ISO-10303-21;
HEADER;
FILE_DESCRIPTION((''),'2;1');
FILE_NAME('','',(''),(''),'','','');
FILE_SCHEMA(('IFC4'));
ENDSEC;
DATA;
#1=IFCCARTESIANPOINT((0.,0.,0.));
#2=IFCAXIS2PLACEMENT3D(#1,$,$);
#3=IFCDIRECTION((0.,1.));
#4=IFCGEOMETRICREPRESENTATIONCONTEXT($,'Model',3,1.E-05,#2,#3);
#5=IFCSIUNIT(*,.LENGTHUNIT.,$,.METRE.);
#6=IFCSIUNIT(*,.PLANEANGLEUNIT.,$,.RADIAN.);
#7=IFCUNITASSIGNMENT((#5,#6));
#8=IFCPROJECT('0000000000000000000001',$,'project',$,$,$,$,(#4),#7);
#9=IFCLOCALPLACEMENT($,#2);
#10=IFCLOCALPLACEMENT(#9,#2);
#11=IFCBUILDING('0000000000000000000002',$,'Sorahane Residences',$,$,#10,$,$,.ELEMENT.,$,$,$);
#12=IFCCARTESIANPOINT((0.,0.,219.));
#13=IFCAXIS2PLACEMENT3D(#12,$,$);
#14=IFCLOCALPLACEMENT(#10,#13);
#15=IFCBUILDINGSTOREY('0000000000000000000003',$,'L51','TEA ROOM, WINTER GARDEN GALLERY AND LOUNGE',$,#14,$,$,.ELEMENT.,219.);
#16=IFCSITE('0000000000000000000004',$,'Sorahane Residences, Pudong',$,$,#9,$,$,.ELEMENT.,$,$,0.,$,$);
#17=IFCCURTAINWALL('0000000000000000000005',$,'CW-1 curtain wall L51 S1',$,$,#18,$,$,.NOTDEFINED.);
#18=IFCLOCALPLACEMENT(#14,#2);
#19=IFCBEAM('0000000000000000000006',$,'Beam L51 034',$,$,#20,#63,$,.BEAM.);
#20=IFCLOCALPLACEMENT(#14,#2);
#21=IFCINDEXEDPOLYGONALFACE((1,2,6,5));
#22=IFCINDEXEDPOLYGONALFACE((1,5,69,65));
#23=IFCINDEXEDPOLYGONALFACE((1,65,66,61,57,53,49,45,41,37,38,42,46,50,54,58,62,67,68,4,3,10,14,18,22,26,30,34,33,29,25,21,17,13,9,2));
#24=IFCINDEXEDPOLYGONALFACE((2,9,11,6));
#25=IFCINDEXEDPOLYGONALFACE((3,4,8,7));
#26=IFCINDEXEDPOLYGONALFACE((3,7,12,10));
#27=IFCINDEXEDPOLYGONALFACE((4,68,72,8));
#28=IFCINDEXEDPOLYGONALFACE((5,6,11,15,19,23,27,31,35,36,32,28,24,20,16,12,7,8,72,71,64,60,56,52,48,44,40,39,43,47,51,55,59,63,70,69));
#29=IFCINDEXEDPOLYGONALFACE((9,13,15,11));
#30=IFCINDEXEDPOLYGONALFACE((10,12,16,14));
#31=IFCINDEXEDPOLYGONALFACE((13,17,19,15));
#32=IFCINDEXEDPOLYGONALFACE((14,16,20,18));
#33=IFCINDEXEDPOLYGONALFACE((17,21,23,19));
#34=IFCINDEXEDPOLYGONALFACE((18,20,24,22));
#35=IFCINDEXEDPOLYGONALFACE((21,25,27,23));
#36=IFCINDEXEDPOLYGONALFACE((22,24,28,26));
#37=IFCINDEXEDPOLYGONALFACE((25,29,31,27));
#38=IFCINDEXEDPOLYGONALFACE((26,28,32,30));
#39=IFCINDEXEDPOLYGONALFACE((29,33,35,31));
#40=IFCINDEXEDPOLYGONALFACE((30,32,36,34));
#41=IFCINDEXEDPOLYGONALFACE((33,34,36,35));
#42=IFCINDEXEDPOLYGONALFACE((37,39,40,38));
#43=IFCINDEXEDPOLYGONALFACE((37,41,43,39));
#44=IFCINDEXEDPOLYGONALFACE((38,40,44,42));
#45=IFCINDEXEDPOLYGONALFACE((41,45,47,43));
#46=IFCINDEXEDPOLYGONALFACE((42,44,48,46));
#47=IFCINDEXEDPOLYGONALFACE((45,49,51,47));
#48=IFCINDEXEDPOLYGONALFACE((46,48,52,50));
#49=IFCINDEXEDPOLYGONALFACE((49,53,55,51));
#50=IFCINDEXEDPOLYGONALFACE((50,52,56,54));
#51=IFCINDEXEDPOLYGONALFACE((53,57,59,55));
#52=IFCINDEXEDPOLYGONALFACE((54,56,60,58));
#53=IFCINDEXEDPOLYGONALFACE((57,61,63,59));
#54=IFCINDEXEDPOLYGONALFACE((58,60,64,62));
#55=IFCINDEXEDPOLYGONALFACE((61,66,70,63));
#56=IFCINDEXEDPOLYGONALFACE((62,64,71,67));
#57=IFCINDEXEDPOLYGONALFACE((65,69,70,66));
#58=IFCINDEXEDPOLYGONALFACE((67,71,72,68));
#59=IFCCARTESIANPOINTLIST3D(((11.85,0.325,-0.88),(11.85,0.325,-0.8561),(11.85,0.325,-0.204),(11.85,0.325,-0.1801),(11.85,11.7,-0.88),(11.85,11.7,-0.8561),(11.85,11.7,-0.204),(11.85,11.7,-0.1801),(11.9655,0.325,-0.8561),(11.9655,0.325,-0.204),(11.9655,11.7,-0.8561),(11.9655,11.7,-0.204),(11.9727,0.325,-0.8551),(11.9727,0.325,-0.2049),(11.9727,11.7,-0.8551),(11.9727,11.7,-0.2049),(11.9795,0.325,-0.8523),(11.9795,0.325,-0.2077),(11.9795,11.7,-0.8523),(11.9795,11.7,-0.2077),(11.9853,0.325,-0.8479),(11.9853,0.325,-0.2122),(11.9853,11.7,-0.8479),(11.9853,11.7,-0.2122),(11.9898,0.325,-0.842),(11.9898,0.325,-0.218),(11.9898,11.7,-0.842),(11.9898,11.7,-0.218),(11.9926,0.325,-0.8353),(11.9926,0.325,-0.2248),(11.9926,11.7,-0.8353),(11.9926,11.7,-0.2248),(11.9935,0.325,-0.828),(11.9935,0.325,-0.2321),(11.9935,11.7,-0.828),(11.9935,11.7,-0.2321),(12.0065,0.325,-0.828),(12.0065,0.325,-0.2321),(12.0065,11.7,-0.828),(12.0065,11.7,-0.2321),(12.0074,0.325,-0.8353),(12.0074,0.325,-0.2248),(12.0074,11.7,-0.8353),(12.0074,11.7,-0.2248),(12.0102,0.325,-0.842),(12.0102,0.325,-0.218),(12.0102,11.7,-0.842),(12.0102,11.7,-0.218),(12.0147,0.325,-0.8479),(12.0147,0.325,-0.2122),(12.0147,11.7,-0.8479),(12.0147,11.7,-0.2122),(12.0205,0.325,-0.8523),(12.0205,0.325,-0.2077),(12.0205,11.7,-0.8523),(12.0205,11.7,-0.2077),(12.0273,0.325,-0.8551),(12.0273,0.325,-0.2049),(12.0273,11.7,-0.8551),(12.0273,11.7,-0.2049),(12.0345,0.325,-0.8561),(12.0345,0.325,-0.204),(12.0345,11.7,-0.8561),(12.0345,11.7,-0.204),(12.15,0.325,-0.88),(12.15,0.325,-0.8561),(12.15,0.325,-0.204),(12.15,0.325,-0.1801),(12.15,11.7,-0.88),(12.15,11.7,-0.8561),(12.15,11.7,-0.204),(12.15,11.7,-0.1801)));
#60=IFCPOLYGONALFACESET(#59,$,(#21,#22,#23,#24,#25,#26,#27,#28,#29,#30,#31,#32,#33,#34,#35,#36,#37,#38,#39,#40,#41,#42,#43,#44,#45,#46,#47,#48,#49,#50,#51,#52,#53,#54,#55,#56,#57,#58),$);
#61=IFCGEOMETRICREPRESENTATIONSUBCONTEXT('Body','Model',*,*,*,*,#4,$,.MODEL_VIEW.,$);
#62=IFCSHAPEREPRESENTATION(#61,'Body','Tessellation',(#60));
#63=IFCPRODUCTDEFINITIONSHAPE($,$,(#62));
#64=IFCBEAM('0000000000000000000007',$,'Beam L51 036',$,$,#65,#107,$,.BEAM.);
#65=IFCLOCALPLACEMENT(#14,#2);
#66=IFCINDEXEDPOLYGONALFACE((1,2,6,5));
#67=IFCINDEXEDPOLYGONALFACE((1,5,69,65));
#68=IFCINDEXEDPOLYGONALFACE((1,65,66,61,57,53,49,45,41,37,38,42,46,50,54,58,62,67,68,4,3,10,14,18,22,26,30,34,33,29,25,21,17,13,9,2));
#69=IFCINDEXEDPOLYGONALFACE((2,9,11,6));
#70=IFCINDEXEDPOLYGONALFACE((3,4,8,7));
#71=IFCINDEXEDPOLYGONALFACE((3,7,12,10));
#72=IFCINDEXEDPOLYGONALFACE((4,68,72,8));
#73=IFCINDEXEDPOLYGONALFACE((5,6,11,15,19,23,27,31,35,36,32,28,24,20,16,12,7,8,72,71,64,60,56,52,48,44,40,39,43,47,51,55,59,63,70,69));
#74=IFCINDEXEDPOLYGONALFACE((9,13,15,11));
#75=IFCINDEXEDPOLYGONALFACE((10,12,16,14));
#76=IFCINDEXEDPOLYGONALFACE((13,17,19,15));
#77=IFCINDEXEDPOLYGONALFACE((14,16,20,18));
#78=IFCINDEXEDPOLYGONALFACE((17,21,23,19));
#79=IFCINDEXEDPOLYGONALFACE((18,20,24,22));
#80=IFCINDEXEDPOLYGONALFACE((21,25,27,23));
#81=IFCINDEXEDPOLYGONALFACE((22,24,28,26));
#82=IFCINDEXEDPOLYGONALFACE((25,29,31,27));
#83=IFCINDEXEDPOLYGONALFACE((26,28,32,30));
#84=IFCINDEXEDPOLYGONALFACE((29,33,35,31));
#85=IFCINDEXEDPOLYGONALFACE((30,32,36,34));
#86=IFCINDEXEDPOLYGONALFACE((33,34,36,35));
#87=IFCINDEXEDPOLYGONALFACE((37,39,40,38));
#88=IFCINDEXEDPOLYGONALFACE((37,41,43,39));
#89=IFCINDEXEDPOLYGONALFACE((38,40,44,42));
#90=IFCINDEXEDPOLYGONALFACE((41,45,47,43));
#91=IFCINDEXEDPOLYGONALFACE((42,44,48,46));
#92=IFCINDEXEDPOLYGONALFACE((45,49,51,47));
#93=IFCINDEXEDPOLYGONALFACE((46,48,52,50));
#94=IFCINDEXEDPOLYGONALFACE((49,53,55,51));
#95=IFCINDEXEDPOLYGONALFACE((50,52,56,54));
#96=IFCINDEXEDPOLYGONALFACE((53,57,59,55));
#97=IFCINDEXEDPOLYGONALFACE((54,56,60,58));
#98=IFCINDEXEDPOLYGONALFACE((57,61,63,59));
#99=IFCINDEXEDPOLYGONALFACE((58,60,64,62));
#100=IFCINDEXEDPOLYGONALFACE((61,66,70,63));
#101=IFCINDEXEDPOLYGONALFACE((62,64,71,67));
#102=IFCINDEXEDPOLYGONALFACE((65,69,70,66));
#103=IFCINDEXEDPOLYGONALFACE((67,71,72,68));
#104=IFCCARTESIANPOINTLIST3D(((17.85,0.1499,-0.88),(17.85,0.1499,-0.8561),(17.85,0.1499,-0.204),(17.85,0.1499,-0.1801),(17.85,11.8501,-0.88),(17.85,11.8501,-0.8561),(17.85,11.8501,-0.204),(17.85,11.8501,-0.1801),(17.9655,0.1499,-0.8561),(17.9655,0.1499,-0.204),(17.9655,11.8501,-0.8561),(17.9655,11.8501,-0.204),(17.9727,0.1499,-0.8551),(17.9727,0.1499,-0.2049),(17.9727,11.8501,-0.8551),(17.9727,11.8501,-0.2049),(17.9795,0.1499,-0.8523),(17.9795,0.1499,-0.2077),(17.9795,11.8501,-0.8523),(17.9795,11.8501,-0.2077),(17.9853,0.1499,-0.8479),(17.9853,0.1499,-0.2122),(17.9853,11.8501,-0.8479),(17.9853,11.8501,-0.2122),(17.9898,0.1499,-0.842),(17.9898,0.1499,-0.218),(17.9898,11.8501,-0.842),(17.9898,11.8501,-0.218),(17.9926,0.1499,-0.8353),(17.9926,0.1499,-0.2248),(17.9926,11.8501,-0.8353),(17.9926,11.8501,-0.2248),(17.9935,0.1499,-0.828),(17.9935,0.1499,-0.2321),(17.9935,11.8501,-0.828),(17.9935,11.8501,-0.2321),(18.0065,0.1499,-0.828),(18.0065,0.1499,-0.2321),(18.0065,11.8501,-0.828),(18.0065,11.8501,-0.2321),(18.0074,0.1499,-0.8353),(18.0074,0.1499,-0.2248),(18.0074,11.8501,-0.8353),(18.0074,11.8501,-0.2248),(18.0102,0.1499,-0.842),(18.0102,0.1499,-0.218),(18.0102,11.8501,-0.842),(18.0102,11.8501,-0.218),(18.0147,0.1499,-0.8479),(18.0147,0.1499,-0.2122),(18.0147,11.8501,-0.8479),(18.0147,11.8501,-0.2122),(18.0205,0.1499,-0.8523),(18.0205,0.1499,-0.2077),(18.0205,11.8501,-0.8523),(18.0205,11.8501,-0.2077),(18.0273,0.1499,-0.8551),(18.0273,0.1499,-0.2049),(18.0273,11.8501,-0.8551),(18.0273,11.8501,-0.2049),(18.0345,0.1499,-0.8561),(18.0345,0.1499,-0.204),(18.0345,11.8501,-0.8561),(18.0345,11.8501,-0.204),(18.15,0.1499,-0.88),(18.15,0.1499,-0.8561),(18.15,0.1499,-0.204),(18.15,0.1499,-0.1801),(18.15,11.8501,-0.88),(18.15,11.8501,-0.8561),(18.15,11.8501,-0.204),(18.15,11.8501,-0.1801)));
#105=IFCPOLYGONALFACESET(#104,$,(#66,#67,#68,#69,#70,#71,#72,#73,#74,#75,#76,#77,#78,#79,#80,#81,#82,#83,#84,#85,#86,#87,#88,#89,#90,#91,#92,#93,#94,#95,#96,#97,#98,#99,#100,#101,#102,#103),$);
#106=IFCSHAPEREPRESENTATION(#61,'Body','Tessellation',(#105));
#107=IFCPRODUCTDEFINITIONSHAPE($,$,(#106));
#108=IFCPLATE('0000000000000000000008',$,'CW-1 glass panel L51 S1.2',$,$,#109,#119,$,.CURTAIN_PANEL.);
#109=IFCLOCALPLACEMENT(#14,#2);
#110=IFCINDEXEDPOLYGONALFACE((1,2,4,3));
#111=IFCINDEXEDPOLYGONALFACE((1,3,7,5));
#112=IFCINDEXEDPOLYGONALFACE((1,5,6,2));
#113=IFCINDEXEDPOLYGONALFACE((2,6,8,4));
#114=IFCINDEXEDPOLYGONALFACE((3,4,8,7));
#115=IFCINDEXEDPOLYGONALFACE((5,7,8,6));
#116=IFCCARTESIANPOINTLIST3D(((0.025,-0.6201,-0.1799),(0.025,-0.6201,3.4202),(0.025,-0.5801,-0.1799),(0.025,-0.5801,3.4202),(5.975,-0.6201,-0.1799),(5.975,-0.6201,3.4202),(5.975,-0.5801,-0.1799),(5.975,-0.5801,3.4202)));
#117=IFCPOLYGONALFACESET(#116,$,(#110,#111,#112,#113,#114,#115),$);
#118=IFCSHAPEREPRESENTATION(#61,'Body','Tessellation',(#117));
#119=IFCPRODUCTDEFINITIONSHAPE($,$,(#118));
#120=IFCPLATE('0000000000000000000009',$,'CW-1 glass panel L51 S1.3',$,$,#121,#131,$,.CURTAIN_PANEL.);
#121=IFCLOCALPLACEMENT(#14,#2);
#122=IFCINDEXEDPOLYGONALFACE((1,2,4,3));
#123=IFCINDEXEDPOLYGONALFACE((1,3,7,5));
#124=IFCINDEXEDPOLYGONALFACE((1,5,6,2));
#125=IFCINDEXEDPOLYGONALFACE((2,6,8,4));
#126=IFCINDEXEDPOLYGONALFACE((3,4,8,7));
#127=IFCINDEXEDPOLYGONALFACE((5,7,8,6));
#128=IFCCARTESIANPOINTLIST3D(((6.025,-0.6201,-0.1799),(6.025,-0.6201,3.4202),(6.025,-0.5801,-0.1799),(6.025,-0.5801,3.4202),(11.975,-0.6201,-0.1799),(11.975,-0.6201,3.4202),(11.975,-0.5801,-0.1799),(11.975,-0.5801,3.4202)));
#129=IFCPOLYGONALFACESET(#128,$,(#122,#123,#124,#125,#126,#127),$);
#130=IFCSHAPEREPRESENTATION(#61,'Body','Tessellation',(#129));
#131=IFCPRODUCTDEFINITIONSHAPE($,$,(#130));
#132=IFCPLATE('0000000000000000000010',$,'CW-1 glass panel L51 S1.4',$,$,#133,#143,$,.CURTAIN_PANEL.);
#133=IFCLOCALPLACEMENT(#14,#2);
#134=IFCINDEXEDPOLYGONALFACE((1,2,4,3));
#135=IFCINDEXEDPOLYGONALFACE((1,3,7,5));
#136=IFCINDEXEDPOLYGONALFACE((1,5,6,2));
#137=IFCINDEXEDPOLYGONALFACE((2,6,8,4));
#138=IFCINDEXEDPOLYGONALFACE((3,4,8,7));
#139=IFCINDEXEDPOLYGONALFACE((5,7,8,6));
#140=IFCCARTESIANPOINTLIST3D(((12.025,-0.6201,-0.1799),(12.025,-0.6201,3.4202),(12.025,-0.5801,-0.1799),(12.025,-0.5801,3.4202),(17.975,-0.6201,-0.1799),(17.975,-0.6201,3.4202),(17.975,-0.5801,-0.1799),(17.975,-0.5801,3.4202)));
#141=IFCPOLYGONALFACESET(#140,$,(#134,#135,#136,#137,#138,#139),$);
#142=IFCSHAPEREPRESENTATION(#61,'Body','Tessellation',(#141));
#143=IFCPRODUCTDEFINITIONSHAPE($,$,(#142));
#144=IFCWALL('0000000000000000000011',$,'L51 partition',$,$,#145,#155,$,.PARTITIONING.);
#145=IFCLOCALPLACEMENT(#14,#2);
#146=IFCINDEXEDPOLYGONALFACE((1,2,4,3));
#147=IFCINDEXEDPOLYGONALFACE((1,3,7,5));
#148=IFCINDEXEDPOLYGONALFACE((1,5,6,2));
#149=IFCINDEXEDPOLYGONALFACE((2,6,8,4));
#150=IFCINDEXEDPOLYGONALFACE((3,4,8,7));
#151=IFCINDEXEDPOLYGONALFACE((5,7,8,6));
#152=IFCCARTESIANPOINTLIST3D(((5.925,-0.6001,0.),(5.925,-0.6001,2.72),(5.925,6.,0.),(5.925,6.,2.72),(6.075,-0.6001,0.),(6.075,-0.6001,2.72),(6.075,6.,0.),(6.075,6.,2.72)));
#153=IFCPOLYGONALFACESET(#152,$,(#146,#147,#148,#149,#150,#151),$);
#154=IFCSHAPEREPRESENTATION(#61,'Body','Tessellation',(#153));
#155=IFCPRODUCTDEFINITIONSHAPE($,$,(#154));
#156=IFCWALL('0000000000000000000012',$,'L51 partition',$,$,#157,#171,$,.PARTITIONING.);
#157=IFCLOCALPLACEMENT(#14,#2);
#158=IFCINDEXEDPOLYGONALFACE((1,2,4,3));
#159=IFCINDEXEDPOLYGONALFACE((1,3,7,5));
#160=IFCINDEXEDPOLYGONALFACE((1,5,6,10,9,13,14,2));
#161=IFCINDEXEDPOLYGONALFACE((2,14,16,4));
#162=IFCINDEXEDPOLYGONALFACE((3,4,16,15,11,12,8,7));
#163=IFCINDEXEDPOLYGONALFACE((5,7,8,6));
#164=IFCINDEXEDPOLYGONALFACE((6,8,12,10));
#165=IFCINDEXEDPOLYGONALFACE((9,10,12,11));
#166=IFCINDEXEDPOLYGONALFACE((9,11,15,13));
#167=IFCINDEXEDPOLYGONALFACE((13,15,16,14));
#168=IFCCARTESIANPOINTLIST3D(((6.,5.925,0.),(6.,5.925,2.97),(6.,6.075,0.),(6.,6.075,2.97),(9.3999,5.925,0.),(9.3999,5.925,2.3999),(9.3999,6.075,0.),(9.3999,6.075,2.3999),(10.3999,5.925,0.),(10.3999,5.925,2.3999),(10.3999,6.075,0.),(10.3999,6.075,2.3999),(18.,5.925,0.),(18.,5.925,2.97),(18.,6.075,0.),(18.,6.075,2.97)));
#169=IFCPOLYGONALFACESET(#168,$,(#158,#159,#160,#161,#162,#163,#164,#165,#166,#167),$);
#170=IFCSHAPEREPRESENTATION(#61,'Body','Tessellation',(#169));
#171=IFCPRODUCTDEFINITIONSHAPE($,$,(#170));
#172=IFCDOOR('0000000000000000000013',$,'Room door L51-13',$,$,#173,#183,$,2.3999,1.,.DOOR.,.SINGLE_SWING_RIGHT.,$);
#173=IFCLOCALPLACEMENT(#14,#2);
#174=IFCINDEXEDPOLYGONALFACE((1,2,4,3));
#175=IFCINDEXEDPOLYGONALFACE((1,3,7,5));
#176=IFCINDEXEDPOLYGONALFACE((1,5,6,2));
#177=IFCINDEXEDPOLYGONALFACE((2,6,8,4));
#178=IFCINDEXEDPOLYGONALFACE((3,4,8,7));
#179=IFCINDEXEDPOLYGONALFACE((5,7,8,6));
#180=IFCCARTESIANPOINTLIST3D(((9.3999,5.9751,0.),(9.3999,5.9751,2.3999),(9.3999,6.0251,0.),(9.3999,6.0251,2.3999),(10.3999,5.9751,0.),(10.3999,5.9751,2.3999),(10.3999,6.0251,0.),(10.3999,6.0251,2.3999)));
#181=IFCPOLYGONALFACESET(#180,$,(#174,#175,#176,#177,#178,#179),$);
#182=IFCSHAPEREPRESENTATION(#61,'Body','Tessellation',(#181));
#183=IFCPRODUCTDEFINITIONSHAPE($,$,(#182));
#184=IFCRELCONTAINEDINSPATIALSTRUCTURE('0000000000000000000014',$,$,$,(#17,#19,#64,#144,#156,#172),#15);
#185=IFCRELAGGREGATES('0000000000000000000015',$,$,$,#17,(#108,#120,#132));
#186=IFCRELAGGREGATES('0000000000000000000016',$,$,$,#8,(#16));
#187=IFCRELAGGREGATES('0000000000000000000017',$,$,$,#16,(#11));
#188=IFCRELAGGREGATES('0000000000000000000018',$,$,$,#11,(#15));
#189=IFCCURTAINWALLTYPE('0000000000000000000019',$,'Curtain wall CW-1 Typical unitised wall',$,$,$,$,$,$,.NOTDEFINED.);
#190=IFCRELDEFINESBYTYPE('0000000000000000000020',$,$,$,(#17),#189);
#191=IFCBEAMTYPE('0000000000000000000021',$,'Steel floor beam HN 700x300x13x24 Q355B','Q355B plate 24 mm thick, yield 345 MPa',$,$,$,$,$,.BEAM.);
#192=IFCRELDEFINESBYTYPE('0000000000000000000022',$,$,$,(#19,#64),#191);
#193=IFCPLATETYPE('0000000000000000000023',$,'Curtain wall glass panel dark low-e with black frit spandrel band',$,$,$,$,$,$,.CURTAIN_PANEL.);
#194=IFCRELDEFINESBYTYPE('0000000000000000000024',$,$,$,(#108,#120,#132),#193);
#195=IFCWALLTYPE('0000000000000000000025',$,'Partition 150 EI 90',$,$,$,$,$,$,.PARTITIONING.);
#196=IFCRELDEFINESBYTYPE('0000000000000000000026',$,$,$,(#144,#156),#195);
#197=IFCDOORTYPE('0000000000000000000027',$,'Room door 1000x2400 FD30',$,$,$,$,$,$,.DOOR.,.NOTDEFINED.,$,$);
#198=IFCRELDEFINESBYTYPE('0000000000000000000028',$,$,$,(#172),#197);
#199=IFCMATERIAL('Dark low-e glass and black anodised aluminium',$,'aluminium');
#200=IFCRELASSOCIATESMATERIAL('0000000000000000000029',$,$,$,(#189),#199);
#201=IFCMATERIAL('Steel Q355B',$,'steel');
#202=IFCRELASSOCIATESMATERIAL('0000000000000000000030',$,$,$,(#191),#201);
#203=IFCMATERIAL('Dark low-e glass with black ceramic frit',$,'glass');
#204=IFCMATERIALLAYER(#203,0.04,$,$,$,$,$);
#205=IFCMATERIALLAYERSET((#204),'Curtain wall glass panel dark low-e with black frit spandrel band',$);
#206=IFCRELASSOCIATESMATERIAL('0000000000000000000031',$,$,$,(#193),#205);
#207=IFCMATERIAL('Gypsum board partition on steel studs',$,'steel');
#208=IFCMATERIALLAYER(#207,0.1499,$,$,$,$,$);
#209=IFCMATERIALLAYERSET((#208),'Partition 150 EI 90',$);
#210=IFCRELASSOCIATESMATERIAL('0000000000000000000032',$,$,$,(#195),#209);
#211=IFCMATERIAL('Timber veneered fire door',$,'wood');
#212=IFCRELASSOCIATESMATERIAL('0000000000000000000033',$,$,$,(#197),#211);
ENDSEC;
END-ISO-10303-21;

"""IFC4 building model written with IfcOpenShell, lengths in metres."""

from ifc_helpers import new_model, si_unit, direction, frame, frame_2d, origin, origin_2d, place, context, subcontext, project, spatial, rectangle, i_section, extrude, material, layer, layer_set, material_profile, profile_set, type_object, element, fill, aggregate, save


model = new_model("IFC4")

# Units and contexts
model_context = context("Model", 3, precision=1e-05, world=origin(), true_north=direction((0.0, 1.0)))
body_context = subcontext(model_context, "Body", "Model", "MODEL_VIEW")
ifc_project = project(units=[si_unit("LENGTHUNIT", "METRE"), si_unit("PLANEANGLEUNIT", "RADIAN")], contexts=[model_context])

# Site, building, storey
site_placement = place(None, origin())
site = spatial("IfcSite", under=ifc_project, at=site_placement, Name="Sorahane Residences, Pudong", CompositionType="ELEMENT", RefElevation=0.0)
building_placement = place(site_placement, origin())
building = spatial("IfcBuilding", under=site, at=building_placement, Name="Sorahane Residences", CompositionType="ELEMENT")
storey_placement = place(building_placement, frame((0.0, 0.0, 219.0)))
storey = spatial("IfcBuildingStorey", under=building, at=storey_placement, Name="L51", Description="TEA ROOM, WINTER GARDEN GALLERY AND LOUNGE", CompositionType="ELEMENT", Elevation=219.0)

# Curtain wall
ifc_material_1 = material(Name="Dark low-e glass and black anodised aluminium", Category="aluminium")
curtain_wall_type = type_object("IfcCurtainWallType", Name="Curtain wall CW-1 Typical unitised wall", PredefinedType="NOTDEFINED", material=ifc_material_1)
curtain_wall_placement = place(storey_placement, origin())
curtain_wall = element("IfcCurtainWall", 1, at=curtain_wall_placement, inside=storey, type_object=curtain_wall_type, Name="CW-1 curtain wall L51 S1", PredefinedType="NOTDEFINED")

# Beams
ifc_material_2 = material(Name="Steel Q355B", Category="steel")
ifc_material_profile_1 = material_profile(ifc_material_2, i_section(OverallWidth=0.3, OverallDepth=0.7, WebThickness=0.0129, FlangeThickness=0.0239, FilletRadius=0.0281, at=origin_2d()), Name="HN 700x300x13x24")
ifc_profile_set_1 = profile_set([ifc_material_profile_1], Name="Steel Q355B")
beam_type_1 = type_object("IfcBeamType", Name="Steel floor beam HN 700x300x13x24 Q355B", Description="Q355B plate 24 mm thick, yield 345 MPa", PredefinedType="BEAM", material=ifc_profile_set_1)
beam_1_placement = place(storey_placement, frame((12.0, 0.325, -0.53), z_axis=(0.0, 1.0, 0.0), x_axis=(-1.0, 0.0, 0.0)))
element("IfcBeam", 2, at=beam_1_placement, inside=storey, type_object=beam_type_1, Name="Beam L51 034", PredefinedType="BEAM", context=body_context, shape_type="SweptSolid", body=[
    extrude(i_section(OverallWidth=0.3, OverallDepth=0.7, WebThickness=0.0129, FlangeThickness=0.0239, FilletRadius=0.0281, at=origin_2d()), origin(), (0.0, 0.0, 1.0), 11.375),
])
beam_2_placement = place(storey_placement, frame((18.0, 0.1499, -0.53), z_axis=(0.0, 1.0, 0.0), x_axis=(-1.0, 0.0, 0.0)))
element("IfcBeam", 3, at=beam_2_placement, inside=storey, type_object=beam_type_1, Name="Beam L51 036", PredefinedType="BEAM", context=body_context, shape_type="SweptSolid", body=[
    extrude(i_section(OverallWidth=0.3, OverallDepth=0.7, WebThickness=0.0129, FlangeThickness=0.0239, FilletRadius=0.0281, at=origin_2d()), origin(), (0.0, 0.0, 1.0), 11.7002),
])

# Plates
ifc_material_3 = material(Name="Dark low-e glass with black ceramic frit", Category="glass")
ifc_layer_1 = layer(ifc_material_3, 0.04)
ifc_layer_set_1 = layer_set([ifc_layer_1], Name="Curtain wall glass panel dark low-e with black frit spandrel band")
plate_type = type_object("IfcPlateType", Name="Curtain wall glass panel dark low-e with black frit spandrel band", PredefinedType="CURTAIN_PANEL", material=ifc_layer_set_1)
plate_1_placement = place(storey_placement, frame((3.0, -0.6001, -0.1799), z_axis=(0.0, 0.0, 1.0), x_axis=(1.0, 0.0, 0.0)))
plate_1 = element("IfcPlate", 4, at=plate_1_placement, type_object=plate_type, Name="CW-1 glass panel L51 S1.2", PredefinedType="CURTAIN_PANEL", context=body_context, shape_type="SweptSolid", body=[
    extrude(rectangle(XDim=5.95, YDim=0.04, at=origin_2d()), origin(), (0.0, 0.0, 1.0), 3.6001),
])
plate_2_placement = place(storey_placement, frame((9.0, -0.6001, -0.1799), z_axis=(0.0, 0.0, 1.0), x_axis=(1.0, 0.0, 0.0)))
plate_2 = element("IfcPlate", 5, at=plate_2_placement, type_object=plate_type, Name="CW-1 glass panel L51 S1.3", PredefinedType="CURTAIN_PANEL", context=body_context, shape_type="SweptSolid", body=[
    extrude(rectangle(XDim=5.95, YDim=0.04, at=origin_2d()), origin(), (0.0, 0.0, 1.0), 3.6001),
])
plate_3_placement = place(storey_placement, frame((15.0, -0.6001, -0.1799), z_axis=(0.0, 0.0, 1.0), x_axis=(1.0, 0.0, 0.0)))
plate_3 = element("IfcPlate", 6, at=plate_3_placement, type_object=plate_type, Name="CW-1 glass panel L51 S1.4", PredefinedType="CURTAIN_PANEL", context=body_context, shape_type="SweptSolid", body=[
    extrude(rectangle(XDim=5.95, YDim=0.04, at=origin_2d()), origin(), (0.0, 0.0, 1.0), 3.6001),
])
aggregate(curtain_wall, [plate_1, plate_2, plate_3])

# Wall
ifc_material_4 = material(Name="Gypsum board partition on steel studs", Category="steel")
ifc_layer_2 = layer(ifc_material_4, 0.1499)
ifc_layer_set_2 = layer_set([ifc_layer_2], Name="Partition 150 EI 90")
wall_type_1 = type_object("IfcWallType", Name="Partition 150 EI 90", PredefinedType="PARTITIONING", material=ifc_layer_set_2)
wall_1_placement = place(storey_placement, frame((6.0, -0.6001, 0.0), z_axis=(0.0, 0.0, 1.0), x_axis=(0.0, 1.0, 0.0)))
element("IfcWall", 7, at=wall_1_placement, inside=storey, type_object=wall_type_1, Name="L51 partition", PredefinedType="PARTITIONING", context=body_context, shape_type="SweptSolid", body=[
    extrude(rectangle(XDim=6.6001, YDim=0.1499, at=frame_2d((3.3, 0.0))), origin(), (0.0, 0.0, 1.0), 2.72),
])

# Wall, opening, door
wall_2_placement = place(storey_placement, frame((6.0, 6.0, 0.0), z_axis=(0.0, 0.0, 1.0), x_axis=(1.0, 0.0, 0.0)))
wall_2 = element("IfcWall", 8, at=wall_2_placement, inside=storey, type_object=wall_type_1, Name="L51 partition", PredefinedType="PARTITIONING", context=body_context, shape_type="SweptSolid", body=[
    extrude(rectangle(XDim=12.0, YDim=0.1499, at=frame_2d((6.0, 0.0))), origin(), (0.0, 0.0, 1.0), 2.97),
])
opening_1_placement = place(wall_2_placement, frame((3.3999, 0.0, 0.0)))
opening_1 = element("IfcOpeningElement", 9, at=opening_1_placement, cuts=wall_2, PredefinedType="OPENING", context=body_context, shape_type="SweptSolid", body=[
    extrude(rectangle(XDim=1.0, YDim=2.3999, at=frame_2d((0.5, 1.2))), frame((0.0, 0.085, 0.0), z_axis=(0.0, -1.0, 0.0), x_axis=(1.0, 0.0, 0.0)), (0.0, 0.0, 1.0), 0.1699),
])
ifc_material_5 = material(Name="Timber veneered fire door", Category="wood")
door_type_1 = type_object("IfcDoorType", Name="Room door 1000x2400 FD30", OperationType="NOTDEFINED", PredefinedType="DOOR", material=ifc_material_5)
door_1_placement = place(opening_1_placement, frame((1.0, 0.0, 0.0), z_axis=(0.0, 0.0, 1.0), x_axis=(-1.0, 0.0, 0.0)))
door_1 = element("IfcDoor", 10, at=door_1_placement, inside=storey, type_object=door_type_1, Name="Room door L51-13", OperationType="SINGLE_SWING_RIGHT", OverallHeight=2.3999, OverallWidth=1.0, PredefinedType="DOOR", context=body_context, shape_type="SweptSolid", body=[
    extrude(rectangle(XDim=1.0, YDim=2.3999, at=frame_2d((0.5, 1.2))), frame((0.0, 0.0249, 0.0), z_axis=(0.0, -1.0, 0.0), x_axis=(1.0, 0.0, 0.0)), (0.0, 0.0, 1.0), 0.05),
])
fill(opening_1, door_1)

save(model, "model.ifc")
